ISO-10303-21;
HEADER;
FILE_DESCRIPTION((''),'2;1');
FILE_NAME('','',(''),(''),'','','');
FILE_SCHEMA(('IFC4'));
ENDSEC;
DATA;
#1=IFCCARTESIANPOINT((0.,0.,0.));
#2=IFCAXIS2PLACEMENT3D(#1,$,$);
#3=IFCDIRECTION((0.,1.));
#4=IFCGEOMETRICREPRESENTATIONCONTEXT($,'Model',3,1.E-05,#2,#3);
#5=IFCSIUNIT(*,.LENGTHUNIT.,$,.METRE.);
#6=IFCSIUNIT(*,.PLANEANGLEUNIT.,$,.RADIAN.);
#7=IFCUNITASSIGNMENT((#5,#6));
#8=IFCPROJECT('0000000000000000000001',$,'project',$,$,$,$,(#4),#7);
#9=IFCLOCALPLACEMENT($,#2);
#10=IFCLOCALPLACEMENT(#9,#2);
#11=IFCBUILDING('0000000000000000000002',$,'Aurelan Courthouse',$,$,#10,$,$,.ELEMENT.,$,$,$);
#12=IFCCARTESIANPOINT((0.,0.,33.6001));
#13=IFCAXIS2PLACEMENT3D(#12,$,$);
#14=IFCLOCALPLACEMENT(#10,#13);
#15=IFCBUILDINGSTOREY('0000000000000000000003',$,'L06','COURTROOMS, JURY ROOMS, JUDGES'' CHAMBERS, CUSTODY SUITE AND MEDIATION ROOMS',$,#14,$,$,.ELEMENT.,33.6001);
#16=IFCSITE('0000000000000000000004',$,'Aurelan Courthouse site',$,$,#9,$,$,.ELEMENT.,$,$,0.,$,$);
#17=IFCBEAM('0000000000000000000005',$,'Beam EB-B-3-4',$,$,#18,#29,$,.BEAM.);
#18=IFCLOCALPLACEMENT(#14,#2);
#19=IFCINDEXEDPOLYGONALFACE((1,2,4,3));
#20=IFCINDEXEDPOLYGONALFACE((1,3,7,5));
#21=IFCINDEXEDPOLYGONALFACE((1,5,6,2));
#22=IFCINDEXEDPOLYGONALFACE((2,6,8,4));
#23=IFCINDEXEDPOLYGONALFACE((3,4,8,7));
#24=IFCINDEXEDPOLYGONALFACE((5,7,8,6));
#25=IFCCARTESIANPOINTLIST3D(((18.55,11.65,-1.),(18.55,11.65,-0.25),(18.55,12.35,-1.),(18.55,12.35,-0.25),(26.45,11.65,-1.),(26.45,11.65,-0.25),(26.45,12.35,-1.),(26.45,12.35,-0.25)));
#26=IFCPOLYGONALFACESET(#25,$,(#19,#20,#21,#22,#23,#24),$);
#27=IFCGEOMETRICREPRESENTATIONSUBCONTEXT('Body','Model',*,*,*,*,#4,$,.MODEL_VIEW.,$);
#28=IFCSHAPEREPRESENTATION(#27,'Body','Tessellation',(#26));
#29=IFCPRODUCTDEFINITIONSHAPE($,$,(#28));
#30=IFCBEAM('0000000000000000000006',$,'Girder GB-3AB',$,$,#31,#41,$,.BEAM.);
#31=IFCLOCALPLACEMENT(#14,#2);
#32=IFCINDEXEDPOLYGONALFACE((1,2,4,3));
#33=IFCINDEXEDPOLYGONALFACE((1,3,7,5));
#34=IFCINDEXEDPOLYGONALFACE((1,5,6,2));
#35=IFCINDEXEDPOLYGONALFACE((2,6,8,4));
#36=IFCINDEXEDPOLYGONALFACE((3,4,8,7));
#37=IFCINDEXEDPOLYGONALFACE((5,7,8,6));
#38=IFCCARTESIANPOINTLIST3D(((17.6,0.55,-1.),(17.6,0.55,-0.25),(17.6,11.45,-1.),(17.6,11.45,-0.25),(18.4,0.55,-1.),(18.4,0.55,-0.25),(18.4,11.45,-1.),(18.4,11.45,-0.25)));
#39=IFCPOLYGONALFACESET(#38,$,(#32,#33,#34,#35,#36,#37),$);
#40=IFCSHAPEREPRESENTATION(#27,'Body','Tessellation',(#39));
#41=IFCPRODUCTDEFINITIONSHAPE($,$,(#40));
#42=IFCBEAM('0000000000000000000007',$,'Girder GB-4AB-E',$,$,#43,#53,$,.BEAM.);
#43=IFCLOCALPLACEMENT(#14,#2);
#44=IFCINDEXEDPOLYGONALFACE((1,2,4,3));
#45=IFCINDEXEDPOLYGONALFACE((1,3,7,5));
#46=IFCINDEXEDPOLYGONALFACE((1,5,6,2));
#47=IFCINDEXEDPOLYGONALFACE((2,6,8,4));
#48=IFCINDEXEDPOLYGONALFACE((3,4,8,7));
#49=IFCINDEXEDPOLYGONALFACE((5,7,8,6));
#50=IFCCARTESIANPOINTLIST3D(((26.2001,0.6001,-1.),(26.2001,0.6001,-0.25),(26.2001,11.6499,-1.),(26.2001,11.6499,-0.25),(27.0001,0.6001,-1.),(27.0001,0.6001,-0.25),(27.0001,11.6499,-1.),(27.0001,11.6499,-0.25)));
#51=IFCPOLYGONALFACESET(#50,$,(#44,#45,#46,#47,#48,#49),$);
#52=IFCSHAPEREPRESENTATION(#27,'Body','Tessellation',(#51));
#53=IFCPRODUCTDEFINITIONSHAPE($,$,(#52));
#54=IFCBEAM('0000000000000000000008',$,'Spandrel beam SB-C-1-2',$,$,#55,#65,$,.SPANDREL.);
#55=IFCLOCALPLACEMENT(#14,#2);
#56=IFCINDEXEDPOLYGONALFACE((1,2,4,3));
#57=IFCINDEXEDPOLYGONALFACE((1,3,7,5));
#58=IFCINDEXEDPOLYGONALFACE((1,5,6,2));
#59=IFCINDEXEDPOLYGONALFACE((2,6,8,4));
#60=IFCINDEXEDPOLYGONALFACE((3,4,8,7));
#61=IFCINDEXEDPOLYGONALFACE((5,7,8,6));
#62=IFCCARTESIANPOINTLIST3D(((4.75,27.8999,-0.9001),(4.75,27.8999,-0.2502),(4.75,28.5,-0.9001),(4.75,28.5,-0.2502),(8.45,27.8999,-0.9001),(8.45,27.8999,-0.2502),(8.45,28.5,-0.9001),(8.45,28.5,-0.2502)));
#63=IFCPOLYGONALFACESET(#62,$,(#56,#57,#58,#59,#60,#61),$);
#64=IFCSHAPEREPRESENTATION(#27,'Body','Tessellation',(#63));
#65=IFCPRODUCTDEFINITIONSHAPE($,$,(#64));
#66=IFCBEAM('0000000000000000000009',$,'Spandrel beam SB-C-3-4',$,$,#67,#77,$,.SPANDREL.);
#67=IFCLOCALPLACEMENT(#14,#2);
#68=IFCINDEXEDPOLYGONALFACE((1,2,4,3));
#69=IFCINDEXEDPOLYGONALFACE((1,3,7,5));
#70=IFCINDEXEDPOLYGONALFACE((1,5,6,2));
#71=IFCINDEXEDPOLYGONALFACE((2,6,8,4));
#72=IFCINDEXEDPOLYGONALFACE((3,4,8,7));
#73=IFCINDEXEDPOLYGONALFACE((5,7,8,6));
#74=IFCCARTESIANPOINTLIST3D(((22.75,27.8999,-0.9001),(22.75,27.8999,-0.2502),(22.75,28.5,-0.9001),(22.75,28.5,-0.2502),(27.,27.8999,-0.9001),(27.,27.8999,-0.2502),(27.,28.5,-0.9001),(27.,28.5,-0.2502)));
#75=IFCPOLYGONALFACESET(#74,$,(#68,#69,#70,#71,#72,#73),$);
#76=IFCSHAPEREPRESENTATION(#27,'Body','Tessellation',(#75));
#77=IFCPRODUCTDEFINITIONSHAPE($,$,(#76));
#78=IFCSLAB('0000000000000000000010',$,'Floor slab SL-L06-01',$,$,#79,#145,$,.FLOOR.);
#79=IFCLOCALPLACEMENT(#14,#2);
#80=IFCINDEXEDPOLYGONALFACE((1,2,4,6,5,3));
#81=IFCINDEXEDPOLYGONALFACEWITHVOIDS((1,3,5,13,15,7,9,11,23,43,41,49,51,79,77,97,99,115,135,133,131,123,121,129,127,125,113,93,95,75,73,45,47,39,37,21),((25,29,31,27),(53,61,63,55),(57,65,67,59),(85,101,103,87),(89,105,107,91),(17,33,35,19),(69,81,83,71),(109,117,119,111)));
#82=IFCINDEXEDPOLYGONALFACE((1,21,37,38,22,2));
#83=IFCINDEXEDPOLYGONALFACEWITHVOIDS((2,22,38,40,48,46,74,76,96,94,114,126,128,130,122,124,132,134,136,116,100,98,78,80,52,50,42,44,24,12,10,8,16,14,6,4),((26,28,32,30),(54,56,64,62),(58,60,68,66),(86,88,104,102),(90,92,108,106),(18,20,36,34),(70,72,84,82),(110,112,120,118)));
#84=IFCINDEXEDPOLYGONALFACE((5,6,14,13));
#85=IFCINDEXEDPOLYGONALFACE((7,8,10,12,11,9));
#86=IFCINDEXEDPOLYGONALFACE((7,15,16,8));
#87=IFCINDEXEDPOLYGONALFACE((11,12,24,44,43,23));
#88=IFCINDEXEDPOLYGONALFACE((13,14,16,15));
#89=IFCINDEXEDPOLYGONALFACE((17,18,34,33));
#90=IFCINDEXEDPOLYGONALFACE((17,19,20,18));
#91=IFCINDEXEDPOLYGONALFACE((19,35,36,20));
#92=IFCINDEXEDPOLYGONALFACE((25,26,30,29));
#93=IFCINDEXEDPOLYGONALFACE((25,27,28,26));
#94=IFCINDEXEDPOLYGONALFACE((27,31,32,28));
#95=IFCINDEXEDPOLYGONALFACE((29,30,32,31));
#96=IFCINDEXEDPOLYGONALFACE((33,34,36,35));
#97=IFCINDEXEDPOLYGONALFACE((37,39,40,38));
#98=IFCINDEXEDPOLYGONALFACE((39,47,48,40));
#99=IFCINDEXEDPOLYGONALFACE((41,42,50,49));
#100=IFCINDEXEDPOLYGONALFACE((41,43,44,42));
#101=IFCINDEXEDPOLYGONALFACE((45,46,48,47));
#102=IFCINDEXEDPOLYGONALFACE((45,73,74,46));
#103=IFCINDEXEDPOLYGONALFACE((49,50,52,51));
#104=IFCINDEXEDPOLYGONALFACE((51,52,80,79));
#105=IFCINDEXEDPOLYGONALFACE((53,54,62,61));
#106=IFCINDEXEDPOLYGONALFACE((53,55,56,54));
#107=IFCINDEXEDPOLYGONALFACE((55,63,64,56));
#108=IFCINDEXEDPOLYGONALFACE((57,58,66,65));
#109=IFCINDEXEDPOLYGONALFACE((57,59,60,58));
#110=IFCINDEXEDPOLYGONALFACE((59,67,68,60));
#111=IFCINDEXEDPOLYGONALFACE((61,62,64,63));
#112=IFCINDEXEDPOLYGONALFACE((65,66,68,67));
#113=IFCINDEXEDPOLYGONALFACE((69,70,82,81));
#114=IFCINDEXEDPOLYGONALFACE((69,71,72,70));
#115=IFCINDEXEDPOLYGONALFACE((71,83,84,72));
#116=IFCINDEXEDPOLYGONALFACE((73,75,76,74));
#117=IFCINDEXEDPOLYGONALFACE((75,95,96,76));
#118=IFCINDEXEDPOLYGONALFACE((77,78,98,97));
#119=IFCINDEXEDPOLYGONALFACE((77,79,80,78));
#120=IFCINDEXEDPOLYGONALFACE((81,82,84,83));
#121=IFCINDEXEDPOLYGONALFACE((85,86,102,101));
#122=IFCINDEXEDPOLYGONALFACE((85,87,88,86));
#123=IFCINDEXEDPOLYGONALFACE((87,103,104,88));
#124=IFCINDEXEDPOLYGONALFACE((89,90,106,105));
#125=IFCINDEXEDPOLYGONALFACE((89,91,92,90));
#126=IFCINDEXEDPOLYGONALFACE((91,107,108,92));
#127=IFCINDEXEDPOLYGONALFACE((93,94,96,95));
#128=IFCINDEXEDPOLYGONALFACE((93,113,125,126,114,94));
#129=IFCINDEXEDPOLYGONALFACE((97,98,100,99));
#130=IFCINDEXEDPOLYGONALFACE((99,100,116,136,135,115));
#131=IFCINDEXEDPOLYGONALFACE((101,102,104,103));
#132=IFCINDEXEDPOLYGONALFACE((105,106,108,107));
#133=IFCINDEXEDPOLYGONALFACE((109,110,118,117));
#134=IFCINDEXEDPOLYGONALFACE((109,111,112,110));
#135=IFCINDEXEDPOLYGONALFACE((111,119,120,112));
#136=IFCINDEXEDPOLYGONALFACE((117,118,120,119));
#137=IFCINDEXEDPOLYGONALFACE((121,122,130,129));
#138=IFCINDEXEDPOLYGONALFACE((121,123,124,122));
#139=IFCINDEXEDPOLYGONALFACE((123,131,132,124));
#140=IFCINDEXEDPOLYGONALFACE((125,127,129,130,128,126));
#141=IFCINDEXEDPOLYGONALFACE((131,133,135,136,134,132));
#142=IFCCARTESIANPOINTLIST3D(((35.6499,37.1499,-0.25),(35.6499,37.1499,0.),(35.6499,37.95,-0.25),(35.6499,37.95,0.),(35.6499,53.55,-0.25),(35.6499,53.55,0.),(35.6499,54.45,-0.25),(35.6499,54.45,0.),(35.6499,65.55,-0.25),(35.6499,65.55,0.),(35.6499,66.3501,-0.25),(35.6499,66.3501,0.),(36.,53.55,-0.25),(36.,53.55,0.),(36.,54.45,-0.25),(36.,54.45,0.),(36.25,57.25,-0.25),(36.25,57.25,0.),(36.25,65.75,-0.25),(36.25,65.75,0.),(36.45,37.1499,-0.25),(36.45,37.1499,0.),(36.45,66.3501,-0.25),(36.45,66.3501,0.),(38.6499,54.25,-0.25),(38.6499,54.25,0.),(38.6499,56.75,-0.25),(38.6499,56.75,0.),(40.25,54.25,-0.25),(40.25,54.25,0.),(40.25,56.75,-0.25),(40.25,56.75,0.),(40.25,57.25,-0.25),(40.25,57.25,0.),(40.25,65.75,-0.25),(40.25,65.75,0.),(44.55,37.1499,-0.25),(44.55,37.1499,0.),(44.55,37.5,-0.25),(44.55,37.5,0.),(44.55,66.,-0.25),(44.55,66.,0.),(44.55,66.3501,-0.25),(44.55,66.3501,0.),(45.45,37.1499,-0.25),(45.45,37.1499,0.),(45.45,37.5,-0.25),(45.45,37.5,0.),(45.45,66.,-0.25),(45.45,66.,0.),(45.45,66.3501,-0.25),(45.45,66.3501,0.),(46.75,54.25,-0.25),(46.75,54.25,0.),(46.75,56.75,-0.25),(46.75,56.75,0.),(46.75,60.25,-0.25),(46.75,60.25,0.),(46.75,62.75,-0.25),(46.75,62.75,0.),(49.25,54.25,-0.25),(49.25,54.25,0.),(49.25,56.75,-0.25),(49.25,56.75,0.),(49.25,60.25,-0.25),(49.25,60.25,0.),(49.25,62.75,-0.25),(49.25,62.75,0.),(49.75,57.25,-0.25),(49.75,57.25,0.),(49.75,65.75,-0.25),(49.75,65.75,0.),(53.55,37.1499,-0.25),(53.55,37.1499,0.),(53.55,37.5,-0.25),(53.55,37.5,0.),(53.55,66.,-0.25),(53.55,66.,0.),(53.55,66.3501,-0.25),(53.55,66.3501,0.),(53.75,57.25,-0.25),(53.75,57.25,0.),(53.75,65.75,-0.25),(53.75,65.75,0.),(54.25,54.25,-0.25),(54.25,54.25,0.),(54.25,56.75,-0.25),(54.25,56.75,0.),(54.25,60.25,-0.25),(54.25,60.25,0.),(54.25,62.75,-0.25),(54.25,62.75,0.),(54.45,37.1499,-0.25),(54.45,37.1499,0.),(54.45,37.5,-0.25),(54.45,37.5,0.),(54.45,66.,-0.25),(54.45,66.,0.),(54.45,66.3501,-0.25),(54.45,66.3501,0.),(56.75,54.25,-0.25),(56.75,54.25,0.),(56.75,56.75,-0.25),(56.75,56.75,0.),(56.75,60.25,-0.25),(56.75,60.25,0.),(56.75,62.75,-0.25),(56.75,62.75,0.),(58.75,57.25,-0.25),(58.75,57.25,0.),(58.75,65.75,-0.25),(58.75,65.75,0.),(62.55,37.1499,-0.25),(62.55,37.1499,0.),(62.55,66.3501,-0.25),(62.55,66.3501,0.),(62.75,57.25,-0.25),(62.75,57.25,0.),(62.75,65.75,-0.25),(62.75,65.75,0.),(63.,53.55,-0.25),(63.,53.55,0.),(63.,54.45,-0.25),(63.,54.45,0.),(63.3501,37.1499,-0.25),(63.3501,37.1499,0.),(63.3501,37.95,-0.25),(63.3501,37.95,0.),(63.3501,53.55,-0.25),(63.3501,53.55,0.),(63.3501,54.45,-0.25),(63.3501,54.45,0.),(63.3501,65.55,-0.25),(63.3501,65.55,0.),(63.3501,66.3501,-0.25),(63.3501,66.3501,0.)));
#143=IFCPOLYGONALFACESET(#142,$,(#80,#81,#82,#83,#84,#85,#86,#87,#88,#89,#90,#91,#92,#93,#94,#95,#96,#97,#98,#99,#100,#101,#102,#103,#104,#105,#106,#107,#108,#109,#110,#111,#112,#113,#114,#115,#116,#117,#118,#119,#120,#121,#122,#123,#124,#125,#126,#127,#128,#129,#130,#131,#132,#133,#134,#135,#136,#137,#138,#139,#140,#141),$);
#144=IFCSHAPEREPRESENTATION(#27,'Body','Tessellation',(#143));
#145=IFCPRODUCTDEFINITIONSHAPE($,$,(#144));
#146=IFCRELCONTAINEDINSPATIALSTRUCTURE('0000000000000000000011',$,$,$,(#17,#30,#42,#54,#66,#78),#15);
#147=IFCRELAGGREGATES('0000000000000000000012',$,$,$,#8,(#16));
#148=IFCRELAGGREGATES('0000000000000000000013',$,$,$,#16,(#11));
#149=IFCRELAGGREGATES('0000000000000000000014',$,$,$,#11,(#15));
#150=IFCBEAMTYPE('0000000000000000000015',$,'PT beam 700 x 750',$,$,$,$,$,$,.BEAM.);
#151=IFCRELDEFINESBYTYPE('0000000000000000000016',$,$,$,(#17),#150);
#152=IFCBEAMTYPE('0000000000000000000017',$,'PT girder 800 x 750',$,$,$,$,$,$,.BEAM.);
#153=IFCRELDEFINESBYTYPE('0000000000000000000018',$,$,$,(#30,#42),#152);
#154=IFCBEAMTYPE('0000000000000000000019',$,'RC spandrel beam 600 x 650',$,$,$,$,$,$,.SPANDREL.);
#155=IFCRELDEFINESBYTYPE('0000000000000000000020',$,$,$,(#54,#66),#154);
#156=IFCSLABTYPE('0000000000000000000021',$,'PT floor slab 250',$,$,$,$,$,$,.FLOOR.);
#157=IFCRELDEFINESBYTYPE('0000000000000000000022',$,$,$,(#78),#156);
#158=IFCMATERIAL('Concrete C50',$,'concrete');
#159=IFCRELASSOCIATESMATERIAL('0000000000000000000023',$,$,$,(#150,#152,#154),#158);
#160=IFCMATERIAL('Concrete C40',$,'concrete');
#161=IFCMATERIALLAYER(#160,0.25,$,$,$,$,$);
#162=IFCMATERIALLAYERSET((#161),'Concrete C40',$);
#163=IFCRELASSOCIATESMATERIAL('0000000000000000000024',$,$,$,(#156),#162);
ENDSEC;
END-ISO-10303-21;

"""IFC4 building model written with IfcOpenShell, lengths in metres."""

from ifc_helpers import new_model, si_unit, direction, frame, origin, origin_2d, place, context, subcontext, project, spatial, polyline, rectangle, outline, extrude, material, layer, layer_set, material_profile, profile_set, type_object, element, save


model = new_model("IFC4")

# Units and contexts
model_context = context("Model", 3, precision=1e-05, world=origin(), true_north=direction((0.0, 1.0)))
body_context = subcontext(model_context, "Body", "Model", "MODEL_VIEW")
ifc_project = project(units=[si_unit("LENGTHUNIT", "METRE"), si_unit("PLANEANGLEUNIT", "RADIAN")], contexts=[model_context])

# Site, building, storey
site_placement = place(None, origin())
site = spatial("IfcSite", under=ifc_project, at=site_placement, Name="Aurelan Courthouse site", CompositionType="ELEMENT", RefElevation=0.0)
building_placement = place(site_placement, origin())
building = spatial("IfcBuilding", under=site, at=building_placement, Name="Aurelan Courthouse", CompositionType="ELEMENT")
storey_placement = place(building_placement, frame((0.0, 0.0, 33.6001)))
storey = spatial("IfcBuildingStorey", under=building, at=storey_placement, Name="L06", Description="COURTROOMS, JURY ROOMS, JUDGES' CHAMBERS, CUSTODY SUITE AND MEDIATION ROOMS", CompositionType="ELEMENT", Elevation=33.6001)

# Beams
ifc_material_1 = material(Name="Concrete C50", Category="concrete")
ifc_material_profile_1 = material_profile(ifc_material_1, rectangle(XDim=0.7, YDim=0.75, at=origin_2d()), Name="RC 700 x 750")
ifc_profile_set_1 = profile_set([ifc_material_profile_1], Name="Concrete C50")
beam_type_1 = type_object("IfcBeamType", Name="PT beam 700 x 750", PredefinedType="BEAM", material=ifc_profile_set_1)
beam_1_placement = place(storey_placement, frame((18.55, 12.0, -0.625), z_axis=(1.0, 0.0, 0.0), x_axis=(0.0, 1.0, 0.0)))
element("IfcBeam", 1, at=beam_1_placement, inside=storey, type_object=beam_type_1, Name="Beam EB-B-3-4", PredefinedType="BEAM", context=body_context, shape_type="SweptSolid", body=[
    extrude(rectangle(XDim=0.7, YDim=0.75, at=origin_2d()), origin(), (0.0, 0.0, 1.0), 7.8999),
])
ifc_material_profile_2 = material_profile(ifc_material_1, rectangle(XDim=0.8, YDim=0.75, at=origin_2d()), Name="RC 800 x 750")
ifc_profile_set_2 = profile_set([ifc_material_profile_2], Name="Concrete C50")
beam_type_2 = type_object("IfcBeamType", Name="PT girder 800 x 750", PredefinedType="BEAM", material=ifc_profile_set_2)
beam_2_placement = place(storey_placement, frame((18.0, 0.55, -0.625), z_axis=(0.0, 1.0, 0.0), x_axis=(-1.0, 0.0, 0.0)))
element("IfcBeam", 2, at=beam_2_placement, inside=storey, type_object=beam_type_2, Name="Girder GB-3AB", PredefinedType="BEAM", context=body_context, shape_type="SweptSolid", body=[
    extrude(rectangle(XDim=0.8, YDim=0.75, at=origin_2d()), origin(), (0.0, 0.0, 1.0), 10.8999),
])
beam_3_placement = place(storey_placement, frame((26.6001, 0.6001, -0.625), z_axis=(0.0, 1.0, 0.0), x_axis=(-1.0, 0.0, 0.0)))
element("IfcBeam", 3, at=beam_3_placement, inside=storey, type_object=beam_type_2, Name="Girder GB-4AB-E", PredefinedType="BEAM", context=body_context, shape_type="SweptSolid", body=[
    extrude(rectangle(XDim=0.8, YDim=0.75, at=origin_2d()), origin(), (0.0, 0.0, 1.0), 11.0498),
])
ifc_material_profile_3 = material_profile(ifc_material_1, rectangle(XDim=0.6001, YDim=0.6499, at=origin_2d()), Name="RC 600 x 650")
ifc_profile_set_3 = profile_set([ifc_material_profile_3], Name="Concrete C50")
beam_type_3 = type_object("IfcBeamType", Name="RC spandrel beam 600 x 650", PredefinedType="SPANDREL", material=ifc_profile_set_3)
beam_4_placement = place(storey_placement, frame((4.75, 28.2, -0.5752), z_axis=(1.0, 0.0, 0.0), x_axis=(0.0, 1.0, 0.0)))
element("IfcBeam", 4, at=beam_4_placement, inside=storey, type_object=beam_type_3, Name="Spandrel beam SB-C-1-2", PredefinedType="SPANDREL", context=body_context, shape_type="SweptSolid", body=[
    extrude(rectangle(XDim=0.6001, YDim=0.6499, at=origin_2d()), origin(), (0.0, 0.0, 1.0), 3.7),
])
beam_5_placement = place(storey_placement, frame((22.75, 28.2, -0.5752), z_axis=(1.0, 0.0, 0.0), x_axis=(0.0, 1.0, 0.0)))
element("IfcBeam", 5, at=beam_5_placement, inside=storey, type_object=beam_type_3, Name="Spandrel beam SB-C-3-4", PredefinedType="SPANDREL", context=body_context, shape_type="SweptSolid", body=[
    extrude(rectangle(XDim=0.6001, YDim=0.6499, at=origin_2d()), origin(), (0.0, 0.0, 1.0), 4.25),
])

# Slab
ifc_material_2 = material(Name="Concrete C40", Category="concrete")
ifc_layer_1 = layer(ifc_material_2, 0.25)
ifc_layer_set_1 = layer_set([ifc_layer_1], Name="Concrete C40")
slab_type_1 = type_object("IfcSlabType", Name="PT floor slab 250", PredefinedType="FLOOR", material=ifc_layer_set_1)
slab_1_placement = place(storey_placement, frame((0.0, 0.0, -0.25)))
element("IfcSlab", 6, at=slab_1_placement, inside=storey, type_object=slab_type_1, Name="Floor slab SL-L06-01", PredefinedType="FLOOR", context=body_context, shape_type="SweptSolid", body=[
    extrude(outline(polyline([(35.6499, 66.3501), (35.6499, 65.55), (35.6499, 54.45), (36.0, 54.45), (36.0, 53.55), (35.6499, 53.55), (35.6499, 37.95), (35.6499, 37.1499), (36.45, 37.1499), (44.55, 37.1499), (44.55, 37.5), (45.45, 37.5), (45.45, 37.1499), (53.55, 37.1499), (53.55, 37.5), (54.45, 37.5), (54.45, 37.1499), (62.55, 37.1499), (63.3501, 37.1499), (63.3501, 37.95), (63.3501, 53.55), (63.0, 53.55), (63.0, 54.45), (63.3501, 54.45), (63.3501, 65.55), (63.3501, 66.3501), (62.55, 66.3501), (54.45, 66.3501), (54.45, 66.0), (53.55, 66.0), (53.55, 66.3501), (45.45, 66.3501), (45.45, 66.0), (44.55, 66.0), (44.55, 66.3501), (36.45, 66.3501), (35.6499, 66.3501)]), holes=[polyline([(58.75, 65.75), (62.75, 65.75), (62.75, 57.25), (58.75, 57.25), (58.75, 65.75)]), polyline([(56.75, 56.75), (56.75, 54.25), (54.25, 54.25), (54.25, 56.75), (56.75, 56.75)]), polyline([(56.75, 60.25), (54.25, 60.25), (54.25, 62.75), (56.75, 62.75), (56.75, 60.25)]), polyline([(49.75, 57.25), (49.75, 65.75), (53.75, 65.75), (53.75, 57.25), (49.75, 57.25)]), polyline([(46.75, 56.75), (49.25, 56.75), (49.25, 54.25), (46.75, 54.25), (46.75, 56.75)]), polyline([(46.75, 60.25), (46.75, 62.75), (49.25, 62.75), (49.25, 60.25), (46.75, 60.25)]), polyline([(40.25, 56.75), (40.25, 54.25), (38.6499, 54.25), (38.6499, 56.75), (40.25, 56.75)]), polyline([(40.25, 57.25), (36.25, 57.25), (36.25, 65.75), (40.25, 65.75), (40.25, 57.25)])]), origin(), (0.0, 0.0, 1.0), 0.25),
])

save(model, "model.ifc")
